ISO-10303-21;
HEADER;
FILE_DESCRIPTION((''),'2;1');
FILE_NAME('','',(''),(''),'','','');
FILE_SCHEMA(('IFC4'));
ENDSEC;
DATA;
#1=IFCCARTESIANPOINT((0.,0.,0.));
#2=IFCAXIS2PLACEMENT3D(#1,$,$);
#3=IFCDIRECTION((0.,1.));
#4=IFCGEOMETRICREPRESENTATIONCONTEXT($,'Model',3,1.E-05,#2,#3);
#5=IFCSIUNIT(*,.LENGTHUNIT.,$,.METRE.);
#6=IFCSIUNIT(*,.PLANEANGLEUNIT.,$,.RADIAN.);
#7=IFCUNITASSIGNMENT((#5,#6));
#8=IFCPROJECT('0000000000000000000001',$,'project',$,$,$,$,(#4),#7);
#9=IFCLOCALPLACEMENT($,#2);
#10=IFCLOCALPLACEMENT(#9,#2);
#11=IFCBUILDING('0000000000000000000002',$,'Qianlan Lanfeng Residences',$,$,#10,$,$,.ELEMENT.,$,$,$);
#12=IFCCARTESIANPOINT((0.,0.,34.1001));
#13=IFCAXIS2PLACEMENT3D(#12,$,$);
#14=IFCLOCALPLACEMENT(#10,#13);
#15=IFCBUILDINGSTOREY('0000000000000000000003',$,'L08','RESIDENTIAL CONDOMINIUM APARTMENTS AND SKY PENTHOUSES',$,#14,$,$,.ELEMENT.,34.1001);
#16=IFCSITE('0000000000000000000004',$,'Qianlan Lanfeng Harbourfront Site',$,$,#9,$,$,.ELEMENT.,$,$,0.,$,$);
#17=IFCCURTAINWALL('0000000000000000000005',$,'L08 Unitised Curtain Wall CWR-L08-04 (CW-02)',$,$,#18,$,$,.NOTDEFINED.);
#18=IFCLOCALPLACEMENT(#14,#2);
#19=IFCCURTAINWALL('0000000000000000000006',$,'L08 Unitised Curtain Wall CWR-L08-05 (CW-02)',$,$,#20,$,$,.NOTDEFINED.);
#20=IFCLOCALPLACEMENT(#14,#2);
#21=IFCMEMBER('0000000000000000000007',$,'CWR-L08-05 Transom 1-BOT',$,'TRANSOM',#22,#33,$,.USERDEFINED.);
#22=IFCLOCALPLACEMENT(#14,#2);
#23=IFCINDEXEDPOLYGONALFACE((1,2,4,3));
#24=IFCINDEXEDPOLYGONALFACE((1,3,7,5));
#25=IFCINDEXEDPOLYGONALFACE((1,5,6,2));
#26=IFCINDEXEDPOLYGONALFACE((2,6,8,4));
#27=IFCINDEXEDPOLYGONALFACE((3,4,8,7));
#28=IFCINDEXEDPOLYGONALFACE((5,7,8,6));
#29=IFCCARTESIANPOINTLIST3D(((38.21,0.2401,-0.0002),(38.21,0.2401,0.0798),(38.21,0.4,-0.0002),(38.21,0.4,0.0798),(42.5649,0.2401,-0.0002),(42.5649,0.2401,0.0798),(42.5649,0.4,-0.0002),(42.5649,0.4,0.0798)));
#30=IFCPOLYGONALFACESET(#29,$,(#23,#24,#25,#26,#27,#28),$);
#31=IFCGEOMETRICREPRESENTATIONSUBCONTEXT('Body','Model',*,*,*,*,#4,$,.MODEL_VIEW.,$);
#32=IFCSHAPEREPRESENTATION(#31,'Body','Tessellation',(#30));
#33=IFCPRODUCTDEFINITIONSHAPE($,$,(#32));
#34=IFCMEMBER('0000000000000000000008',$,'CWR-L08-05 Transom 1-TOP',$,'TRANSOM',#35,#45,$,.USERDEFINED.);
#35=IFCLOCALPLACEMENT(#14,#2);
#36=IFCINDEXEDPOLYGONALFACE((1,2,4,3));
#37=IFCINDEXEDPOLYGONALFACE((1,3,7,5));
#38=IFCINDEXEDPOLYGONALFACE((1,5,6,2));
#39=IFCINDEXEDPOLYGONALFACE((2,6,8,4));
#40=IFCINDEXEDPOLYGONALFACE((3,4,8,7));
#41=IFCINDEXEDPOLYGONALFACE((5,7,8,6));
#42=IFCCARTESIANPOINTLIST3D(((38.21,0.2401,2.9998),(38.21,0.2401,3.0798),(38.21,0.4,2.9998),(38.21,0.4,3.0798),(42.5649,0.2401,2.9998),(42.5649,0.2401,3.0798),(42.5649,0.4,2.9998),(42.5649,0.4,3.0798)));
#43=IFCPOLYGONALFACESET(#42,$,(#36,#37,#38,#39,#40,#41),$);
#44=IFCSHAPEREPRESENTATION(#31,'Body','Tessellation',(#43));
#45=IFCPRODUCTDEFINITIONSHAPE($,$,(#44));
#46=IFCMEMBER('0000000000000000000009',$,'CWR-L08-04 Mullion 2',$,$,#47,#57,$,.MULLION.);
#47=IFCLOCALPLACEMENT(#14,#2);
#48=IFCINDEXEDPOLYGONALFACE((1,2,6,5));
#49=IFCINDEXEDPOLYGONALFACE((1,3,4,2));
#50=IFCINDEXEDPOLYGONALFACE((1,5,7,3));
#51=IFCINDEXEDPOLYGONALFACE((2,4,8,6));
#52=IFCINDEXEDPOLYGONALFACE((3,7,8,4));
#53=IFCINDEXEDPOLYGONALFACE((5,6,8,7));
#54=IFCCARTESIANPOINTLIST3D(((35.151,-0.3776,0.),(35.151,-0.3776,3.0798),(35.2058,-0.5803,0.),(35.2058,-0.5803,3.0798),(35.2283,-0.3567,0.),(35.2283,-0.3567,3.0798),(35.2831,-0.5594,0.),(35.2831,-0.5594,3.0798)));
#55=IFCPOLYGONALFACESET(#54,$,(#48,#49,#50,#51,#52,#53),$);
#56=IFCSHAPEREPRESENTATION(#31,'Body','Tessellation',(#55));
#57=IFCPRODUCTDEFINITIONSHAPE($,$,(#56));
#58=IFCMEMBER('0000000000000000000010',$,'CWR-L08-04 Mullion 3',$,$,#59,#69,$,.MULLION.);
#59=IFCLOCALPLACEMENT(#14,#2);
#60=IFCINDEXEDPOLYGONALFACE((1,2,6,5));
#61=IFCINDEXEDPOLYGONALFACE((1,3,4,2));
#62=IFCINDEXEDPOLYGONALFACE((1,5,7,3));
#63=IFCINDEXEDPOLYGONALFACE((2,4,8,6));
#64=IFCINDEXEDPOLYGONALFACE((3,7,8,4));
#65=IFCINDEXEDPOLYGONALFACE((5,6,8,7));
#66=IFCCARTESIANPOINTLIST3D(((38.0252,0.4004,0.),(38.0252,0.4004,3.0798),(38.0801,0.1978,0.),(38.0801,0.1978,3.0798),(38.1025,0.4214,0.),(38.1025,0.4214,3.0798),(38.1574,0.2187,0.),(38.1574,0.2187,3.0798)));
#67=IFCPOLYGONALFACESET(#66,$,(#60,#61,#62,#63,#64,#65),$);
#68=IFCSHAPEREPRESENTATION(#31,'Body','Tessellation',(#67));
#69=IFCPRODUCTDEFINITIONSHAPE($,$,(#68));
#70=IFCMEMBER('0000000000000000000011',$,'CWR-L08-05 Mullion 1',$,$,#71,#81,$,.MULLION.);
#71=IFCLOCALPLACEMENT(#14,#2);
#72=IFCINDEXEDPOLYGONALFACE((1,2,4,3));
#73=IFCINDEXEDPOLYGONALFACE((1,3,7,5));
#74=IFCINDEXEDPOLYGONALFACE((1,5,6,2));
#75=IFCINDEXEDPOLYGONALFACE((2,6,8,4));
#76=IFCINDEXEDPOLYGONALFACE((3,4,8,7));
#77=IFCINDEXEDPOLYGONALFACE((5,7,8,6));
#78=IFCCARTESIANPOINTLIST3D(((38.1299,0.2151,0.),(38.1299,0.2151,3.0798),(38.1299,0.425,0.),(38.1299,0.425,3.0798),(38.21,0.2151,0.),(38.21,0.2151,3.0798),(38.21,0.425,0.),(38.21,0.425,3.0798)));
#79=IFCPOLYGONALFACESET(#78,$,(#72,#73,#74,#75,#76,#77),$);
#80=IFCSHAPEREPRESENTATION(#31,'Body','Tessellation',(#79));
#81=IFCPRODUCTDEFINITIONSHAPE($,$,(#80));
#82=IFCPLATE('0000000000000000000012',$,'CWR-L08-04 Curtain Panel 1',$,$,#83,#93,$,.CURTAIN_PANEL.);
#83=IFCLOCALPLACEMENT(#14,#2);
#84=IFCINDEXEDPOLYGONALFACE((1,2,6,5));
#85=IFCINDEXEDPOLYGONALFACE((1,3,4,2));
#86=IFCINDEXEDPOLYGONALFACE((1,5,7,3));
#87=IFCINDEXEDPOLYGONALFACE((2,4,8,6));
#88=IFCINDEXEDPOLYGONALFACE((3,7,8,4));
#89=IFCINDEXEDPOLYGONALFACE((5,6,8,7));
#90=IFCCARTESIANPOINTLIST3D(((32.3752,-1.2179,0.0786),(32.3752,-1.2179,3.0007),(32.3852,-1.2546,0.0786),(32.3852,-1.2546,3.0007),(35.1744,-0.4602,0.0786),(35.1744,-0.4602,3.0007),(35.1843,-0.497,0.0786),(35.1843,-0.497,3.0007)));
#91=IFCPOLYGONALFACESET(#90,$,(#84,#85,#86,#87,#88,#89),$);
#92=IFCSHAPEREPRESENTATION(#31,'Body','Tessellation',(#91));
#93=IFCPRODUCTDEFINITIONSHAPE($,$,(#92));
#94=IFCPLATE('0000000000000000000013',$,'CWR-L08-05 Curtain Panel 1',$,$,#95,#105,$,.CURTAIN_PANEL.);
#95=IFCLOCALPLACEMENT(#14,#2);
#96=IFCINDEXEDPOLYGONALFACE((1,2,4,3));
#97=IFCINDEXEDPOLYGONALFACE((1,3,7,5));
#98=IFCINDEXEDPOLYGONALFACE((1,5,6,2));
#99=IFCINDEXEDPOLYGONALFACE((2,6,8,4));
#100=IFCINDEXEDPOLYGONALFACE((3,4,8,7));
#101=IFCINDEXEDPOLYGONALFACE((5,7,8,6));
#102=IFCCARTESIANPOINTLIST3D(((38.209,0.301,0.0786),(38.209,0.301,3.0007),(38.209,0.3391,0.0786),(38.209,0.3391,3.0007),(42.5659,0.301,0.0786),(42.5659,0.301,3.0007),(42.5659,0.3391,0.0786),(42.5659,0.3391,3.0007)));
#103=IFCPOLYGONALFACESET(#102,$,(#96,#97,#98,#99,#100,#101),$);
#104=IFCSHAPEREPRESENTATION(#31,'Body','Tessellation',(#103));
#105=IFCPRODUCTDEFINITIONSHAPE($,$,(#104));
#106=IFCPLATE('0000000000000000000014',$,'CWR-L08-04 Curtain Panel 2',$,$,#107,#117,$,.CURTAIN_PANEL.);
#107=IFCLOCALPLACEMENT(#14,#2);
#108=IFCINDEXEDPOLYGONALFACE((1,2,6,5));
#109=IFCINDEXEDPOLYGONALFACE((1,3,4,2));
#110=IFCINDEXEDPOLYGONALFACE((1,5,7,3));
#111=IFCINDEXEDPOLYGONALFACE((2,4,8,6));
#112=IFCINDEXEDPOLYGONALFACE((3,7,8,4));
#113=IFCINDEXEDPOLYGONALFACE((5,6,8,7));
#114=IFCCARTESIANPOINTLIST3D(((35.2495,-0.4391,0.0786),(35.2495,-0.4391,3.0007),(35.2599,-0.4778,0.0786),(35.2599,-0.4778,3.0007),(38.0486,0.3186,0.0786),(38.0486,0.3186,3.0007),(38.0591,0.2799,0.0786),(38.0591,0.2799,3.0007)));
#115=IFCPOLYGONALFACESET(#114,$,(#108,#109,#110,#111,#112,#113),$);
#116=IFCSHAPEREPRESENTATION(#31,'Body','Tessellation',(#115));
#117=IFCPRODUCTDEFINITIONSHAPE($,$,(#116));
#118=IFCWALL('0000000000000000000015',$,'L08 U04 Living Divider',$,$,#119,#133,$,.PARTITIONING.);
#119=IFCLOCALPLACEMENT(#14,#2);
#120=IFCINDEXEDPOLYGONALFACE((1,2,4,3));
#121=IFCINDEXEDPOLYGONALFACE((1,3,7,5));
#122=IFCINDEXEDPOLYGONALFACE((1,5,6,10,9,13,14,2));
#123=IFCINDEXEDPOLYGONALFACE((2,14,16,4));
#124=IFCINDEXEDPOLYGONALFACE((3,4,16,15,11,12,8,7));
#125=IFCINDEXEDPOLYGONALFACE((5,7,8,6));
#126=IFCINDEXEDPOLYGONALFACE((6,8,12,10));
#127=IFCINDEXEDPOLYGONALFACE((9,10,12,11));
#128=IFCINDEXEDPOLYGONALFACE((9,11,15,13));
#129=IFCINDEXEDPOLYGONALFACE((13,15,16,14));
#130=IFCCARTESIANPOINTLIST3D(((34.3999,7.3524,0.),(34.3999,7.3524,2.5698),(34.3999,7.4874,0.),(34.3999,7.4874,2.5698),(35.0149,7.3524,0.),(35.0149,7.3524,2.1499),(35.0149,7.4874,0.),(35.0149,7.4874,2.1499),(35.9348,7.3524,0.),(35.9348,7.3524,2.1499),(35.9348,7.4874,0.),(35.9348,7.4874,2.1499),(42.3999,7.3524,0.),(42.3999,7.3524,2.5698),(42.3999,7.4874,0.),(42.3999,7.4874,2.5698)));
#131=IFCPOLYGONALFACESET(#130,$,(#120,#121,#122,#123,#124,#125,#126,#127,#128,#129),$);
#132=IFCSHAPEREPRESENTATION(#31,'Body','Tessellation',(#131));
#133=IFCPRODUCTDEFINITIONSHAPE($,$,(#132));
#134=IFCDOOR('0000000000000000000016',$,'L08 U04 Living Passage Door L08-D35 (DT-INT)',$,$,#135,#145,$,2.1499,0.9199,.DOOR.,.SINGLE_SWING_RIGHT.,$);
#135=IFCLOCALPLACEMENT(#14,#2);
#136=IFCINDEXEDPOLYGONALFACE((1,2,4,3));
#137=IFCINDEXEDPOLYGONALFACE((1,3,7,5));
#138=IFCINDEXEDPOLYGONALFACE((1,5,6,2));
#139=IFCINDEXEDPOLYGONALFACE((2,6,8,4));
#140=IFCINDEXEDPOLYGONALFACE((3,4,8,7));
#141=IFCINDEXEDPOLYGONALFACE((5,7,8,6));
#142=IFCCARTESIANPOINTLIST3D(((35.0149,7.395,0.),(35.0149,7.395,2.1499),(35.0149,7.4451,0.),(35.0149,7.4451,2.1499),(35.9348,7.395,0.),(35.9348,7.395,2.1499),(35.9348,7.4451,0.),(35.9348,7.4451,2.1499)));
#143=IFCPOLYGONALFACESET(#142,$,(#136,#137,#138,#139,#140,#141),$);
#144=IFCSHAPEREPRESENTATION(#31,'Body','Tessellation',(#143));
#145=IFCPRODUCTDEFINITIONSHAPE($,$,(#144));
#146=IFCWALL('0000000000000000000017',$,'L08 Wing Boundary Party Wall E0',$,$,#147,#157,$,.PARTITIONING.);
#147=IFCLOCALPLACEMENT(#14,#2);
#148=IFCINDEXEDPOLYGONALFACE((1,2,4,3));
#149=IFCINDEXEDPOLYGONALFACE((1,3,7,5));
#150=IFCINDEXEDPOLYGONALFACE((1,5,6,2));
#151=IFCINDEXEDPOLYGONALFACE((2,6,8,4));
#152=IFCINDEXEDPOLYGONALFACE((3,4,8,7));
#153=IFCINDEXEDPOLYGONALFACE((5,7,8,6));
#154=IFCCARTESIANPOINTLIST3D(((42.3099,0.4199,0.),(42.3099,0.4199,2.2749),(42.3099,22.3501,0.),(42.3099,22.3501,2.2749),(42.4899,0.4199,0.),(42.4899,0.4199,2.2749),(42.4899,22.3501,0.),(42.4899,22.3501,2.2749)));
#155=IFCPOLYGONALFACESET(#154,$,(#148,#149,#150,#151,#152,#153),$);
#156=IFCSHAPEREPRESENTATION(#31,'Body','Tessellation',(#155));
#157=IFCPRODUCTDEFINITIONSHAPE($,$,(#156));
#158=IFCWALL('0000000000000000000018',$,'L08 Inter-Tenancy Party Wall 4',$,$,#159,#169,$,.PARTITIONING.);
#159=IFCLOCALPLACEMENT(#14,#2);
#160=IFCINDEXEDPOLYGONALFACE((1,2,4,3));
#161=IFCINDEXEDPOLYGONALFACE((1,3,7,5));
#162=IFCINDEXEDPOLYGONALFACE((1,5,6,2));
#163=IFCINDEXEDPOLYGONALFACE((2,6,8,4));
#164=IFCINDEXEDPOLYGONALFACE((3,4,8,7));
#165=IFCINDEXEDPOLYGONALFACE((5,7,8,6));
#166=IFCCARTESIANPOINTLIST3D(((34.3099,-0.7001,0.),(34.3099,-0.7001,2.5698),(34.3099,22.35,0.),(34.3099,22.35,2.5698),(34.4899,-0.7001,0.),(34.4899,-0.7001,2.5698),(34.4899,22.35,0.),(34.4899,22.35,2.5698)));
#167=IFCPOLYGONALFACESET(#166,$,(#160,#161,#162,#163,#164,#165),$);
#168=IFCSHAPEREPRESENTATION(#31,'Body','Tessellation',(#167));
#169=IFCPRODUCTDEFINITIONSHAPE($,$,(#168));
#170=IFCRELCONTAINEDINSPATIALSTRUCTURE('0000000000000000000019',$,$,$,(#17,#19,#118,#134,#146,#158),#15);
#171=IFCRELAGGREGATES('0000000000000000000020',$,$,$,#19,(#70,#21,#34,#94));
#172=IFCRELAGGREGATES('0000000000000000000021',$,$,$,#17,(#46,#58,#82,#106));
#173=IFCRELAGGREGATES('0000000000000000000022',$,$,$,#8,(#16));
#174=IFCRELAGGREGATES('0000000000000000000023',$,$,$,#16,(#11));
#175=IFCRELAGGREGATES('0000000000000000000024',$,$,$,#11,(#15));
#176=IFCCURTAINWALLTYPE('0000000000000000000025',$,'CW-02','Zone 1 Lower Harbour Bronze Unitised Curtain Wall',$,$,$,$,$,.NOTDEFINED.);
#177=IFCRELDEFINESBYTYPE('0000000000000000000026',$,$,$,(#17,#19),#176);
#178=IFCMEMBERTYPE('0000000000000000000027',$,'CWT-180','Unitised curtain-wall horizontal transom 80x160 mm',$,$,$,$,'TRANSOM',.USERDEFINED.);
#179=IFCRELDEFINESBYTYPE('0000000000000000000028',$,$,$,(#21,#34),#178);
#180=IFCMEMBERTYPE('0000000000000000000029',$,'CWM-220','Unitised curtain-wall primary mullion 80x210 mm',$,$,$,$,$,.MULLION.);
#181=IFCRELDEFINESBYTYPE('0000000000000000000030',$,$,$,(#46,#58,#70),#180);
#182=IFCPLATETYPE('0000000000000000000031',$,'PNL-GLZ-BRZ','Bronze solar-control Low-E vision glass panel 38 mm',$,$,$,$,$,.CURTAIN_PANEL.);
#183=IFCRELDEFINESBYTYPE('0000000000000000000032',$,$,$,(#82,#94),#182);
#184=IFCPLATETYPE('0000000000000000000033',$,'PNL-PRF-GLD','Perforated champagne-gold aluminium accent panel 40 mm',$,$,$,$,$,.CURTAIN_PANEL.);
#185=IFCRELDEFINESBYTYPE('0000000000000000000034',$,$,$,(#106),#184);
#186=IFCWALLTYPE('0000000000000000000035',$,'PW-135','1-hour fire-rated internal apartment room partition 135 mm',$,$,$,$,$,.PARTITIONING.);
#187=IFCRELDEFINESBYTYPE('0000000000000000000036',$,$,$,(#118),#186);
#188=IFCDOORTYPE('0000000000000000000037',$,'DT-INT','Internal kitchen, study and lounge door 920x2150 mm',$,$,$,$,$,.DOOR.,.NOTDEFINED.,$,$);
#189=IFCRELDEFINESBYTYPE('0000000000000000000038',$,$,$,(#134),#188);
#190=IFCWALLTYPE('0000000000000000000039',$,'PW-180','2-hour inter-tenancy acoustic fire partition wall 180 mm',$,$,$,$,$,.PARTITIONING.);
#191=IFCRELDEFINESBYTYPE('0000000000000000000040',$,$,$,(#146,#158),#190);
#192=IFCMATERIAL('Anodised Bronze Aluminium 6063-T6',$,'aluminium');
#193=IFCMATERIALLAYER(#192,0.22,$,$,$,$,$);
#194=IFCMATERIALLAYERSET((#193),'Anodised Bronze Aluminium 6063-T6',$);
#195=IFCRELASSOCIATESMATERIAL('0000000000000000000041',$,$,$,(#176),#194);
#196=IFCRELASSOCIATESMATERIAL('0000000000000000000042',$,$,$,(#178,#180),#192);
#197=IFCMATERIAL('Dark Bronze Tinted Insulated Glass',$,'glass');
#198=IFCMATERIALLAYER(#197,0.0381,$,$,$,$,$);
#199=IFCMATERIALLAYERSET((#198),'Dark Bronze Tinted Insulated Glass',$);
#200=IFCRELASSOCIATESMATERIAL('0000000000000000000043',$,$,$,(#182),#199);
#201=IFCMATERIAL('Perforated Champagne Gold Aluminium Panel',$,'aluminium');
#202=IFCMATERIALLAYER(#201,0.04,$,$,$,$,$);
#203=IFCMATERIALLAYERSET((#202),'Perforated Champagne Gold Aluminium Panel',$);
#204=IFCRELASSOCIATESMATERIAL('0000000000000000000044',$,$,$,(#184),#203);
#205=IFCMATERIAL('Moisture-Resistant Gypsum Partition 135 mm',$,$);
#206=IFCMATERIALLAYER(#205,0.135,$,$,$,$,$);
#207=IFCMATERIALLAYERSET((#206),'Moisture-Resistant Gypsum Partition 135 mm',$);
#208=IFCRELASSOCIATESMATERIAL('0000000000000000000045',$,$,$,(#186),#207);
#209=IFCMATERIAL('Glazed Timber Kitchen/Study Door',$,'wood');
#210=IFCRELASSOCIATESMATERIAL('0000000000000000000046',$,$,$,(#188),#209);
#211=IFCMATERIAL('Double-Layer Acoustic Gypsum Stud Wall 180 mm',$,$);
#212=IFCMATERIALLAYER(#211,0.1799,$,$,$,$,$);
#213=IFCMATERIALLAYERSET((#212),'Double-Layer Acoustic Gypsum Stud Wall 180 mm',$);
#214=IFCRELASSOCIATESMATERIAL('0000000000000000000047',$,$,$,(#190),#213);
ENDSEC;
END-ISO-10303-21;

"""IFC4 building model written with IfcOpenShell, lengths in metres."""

from ifc_helpers import new_model, si_unit, direction, frame, frame_2d, origin, origin_2d, place, context, subcontext, project, spatial, rectangle, extrude, source, transform, mapped, material, layer, layer_set, material_profile, profile_set, type_object, element, fill, aggregate, save


model = new_model("IFC4")

# Units and contexts
model_context = context("Model", 3, precision=1e-05, world=origin(), true_north=direction((0.0, 1.0)))
body_context = subcontext(model_context, "Body", "Model", "MODEL_VIEW")
ifc_project = project(units=[si_unit("LENGTHUNIT", "METRE"), si_unit("PLANEANGLEUNIT", "RADIAN")], contexts=[model_context])

# Site, building, storey
site_placement = place(None, origin())
site = spatial("IfcSite", under=ifc_project, at=site_placement, Name="Qianlan Lanfeng Harbourfront Site", CompositionType="ELEMENT", RefElevation=0.0)
building_placement = place(site_placement, origin())
building = spatial("IfcBuilding", under=site, at=building_placement, Name="Qianlan Lanfeng Residences", CompositionType="ELEMENT")
storey_placement = place(building_placement, frame((0.0, 0.0, 34.1001)))
storey = spatial("IfcBuildingStorey", under=building, at=storey_placement, Name="L08", Description="RESIDENTIAL CONDOMINIUM APARTMENTS AND SKY PENTHOUSES", CompositionType="ELEMENT", Elevation=34.1001)

# Curtain walls, members
ifc_material_1 = material(Name="Anodised Bronze Aluminium 6063-T6", Category="aluminium")
ifc_layer_1 = layer(ifc_material_1, 0.22)
ifc_layer_set_1 = layer_set([ifc_layer_1], Name="Anodised Bronze Aluminium 6063-T6")
curtain_wall_type = type_object("IfcCurtainWallType", Name="CW-02", Description="Zone 1 Lower Harbour Bronze Unitised Curtain Wall", PredefinedType="NOTDEFINED", material=ifc_layer_set_1)
curtain_wall_1_placement = place(storey_placement, origin())
curtain_wall_1 = element("IfcCurtainWall", 1, at=curtain_wall_1_placement, inside=storey, type_object=curtain_wall_type, Name="L08 Unitised Curtain Wall CWR-L08-04 (CW-02)", PredefinedType="NOTDEFINED")
ifc_material_profile_1 = material_profile(ifc_material_1, rectangle(XDim=0.0801, YDim=0.1599, at=origin_2d()), Name="ALU TRANSOM 80x160")
ifc_profile_set_1 = profile_set([ifc_material_profile_1], Name="Anodised Bronze Aluminium 6063-T6")
member_type_1 = type_object("IfcMemberType", Name="CWT-180", Description="Unitised curtain-wall horizontal transom 80x160 mm", ElementType="TRANSOM", PredefinedType="USERDEFINED", material=ifc_profile_set_1)
curtain_wall_2_placement = place(storey_placement, origin())
curtain_wall_2 = element("IfcCurtainWall", 2, at=curtain_wall_2_placement, inside=storey, type_object=curtain_wall_type, Name="L08 Unitised Curtain Wall CWR-L08-05 (CW-02)", PredefinedType="NOTDEFINED")
shared_shape_1 = source(origin(), body_context, "Body", "SweptSolid", [
    extrude(rectangle(XDim=0.0801, YDim=0.1599, at=origin_2d()), origin(), (0.0, 0.0, 1.0), 4.355),
])
member_1_placement = place(storey_placement, frame((38.21, 0.3201, 0.0398), z_axis=(1.0, 0.0, 0.0), x_axis=(0.0, 0.0, 1.0)))
member_1 = element("IfcMember", 3, at=member_1_placement, type_object=member_type_1, Name="CWR-L08-05 Transom 1-BOT", ObjectType="TRANSOM", PredefinedType="USERDEFINED", context=body_context, shape_type="MappedRepresentation", body=[
    mapped(shared_shape_1, transform((0.0, 0.0, 0.0), scale=1.0)),
])
member_2_placement = place(storey_placement, frame((38.21, 0.3201, 3.0398), z_axis=(1.0, 0.0, 0.0), x_axis=(0.0, 0.0, 1.0)))
member_2 = element("IfcMember", 4, at=member_2_placement, type_object=member_type_1, Name="CWR-L08-05 Transom 1-TOP", ObjectType="TRANSOM", PredefinedType="USERDEFINED", context=body_context, shape_type="MappedRepresentation", body=[
    mapped(shared_shape_1, transform((0.0, 0.0, 0.0), scale=1.0)),
])

# Members
ifc_material_profile_2 = material_profile(ifc_material_1, rectangle(XDim=0.0801, YDim=0.21, at=origin_2d()), Name="ALU MULLION 80x210")
ifc_profile_set_2 = profile_set([ifc_material_profile_2], Name="Anodised Bronze Aluminium 6063-T6")
member_type_2 = type_object("IfcMemberType", Name="CWM-220", Description="Unitised curtain-wall primary mullion 80x210 mm", PredefinedType="MULLION", material=ifc_profile_set_2)
shared_shape_2 = source(origin(), body_context, "Body", "SweptSolid", [
    extrude(rectangle(XDim=0.0801, YDim=0.21, at=origin_2d()), origin(), (0.0, 0.0, 1.0), 3.0798),
])
member_3_placement = place(storey_placement, frame((35.217, -0.4685, 0.0), z_axis=(0.0, 0.0, 1.0), x_axis=(0.965263, 0.261281, 0.0)))
member_3 = element("IfcMember", 5, at=member_3_placement, type_object=member_type_2, Name="CWR-L08-04 Mullion 2", PredefinedType="MULLION", context=body_context, shape_type="MappedRepresentation", body=[
    mapped(shared_shape_2, transform((0.0, 0.0, 0.0), scale=1.0)),
])
member_4_placement = place(storey_placement, frame((38.0913, 0.3096, 0.0), z_axis=(0.0, 0.0, 1.0), x_axis=(0.965263, 0.261281, 0.0)))
member_4 = element("IfcMember", 6, at=member_4_placement, type_object=member_type_2, Name="CWR-L08-04 Mullion 3", PredefinedType="MULLION", context=body_context, shape_type="MappedRepresentation", body=[
    mapped(shared_shape_2, transform((0.0, 0.0, 0.0), scale=1.0)),
])
member_5_placement = place(storey_placement, frame((38.1699, 0.3201, 0.0), z_axis=(0.0, 0.0, 1.0), x_axis=(1.0, 0.0, 0.0)))
member_5 = element("IfcMember", 7, at=member_5_placement, type_object=member_type_2, Name="CWR-L08-05 Mullion 1", PredefinedType="MULLION", context=body_context, shape_type="MappedRepresentation", body=[
    mapped(shared_shape_2, transform((0.0, 0.0, 0.0), scale=1.0)),
])

# Plates
ifc_material_2 = material(Name="Dark Bronze Tinted Insulated Glass", Category="glass")
ifc_layer_2 = layer(ifc_material_2, 0.0381)
ifc_layer_set_2 = layer_set([ifc_layer_2], Name="Dark Bronze Tinted Insulated Glass")
plate_type_1 = type_object("IfcPlateType", Name="PNL-GLZ-BRZ", Description="Bronze solar-control Low-E vision glass panel 38 mm", PredefinedType="CURTAIN_PANEL", material=ifc_layer_set_2)
shared_shape_3 = source(origin(), body_context, "Body", "SweptSolid", [
    extrude(rectangle(XDim=2.8999, YDim=0.0381, at=origin_2d()), origin(), (0.0, 0.0, 1.0), 2.9221),
])
plate_1_placement = place(storey_placement, frame((33.7798, -0.8574, 0.0786), z_axis=(0.0, 0.0, 1.0), x_axis=(0.965263, 0.261281, 0.0)))
plate_1 = element("IfcPlate", 8, at=plate_1_placement, type_object=plate_type_1, Name="CWR-L08-04 Curtain Panel 1", PredefinedType="CURTAIN_PANEL", context=body_context, shape_type="MappedRepresentation", body=[
    mapped(shared_shape_3, transform((0.0, 0.0, 0.0), scale=1.0)),
])
shared_shape_4 = source(origin(), body_context, "Body", "SweptSolid", [
    extrude(rectangle(XDim=4.3569, YDim=0.0381, at=origin_2d()), origin(), (0.0, 0.0, 1.0), 2.9221),
])
plate_2_placement = place(storey_placement, frame((40.3875, 0.3201, 0.0786), z_axis=(0.0, 0.0, 1.0), x_axis=(1.0, 0.0, 0.0)))
plate_2 = element("IfcPlate", 9, at=plate_2_placement, type_object=plate_type_1, Name="CWR-L08-05 Curtain Panel 1", PredefinedType="CURTAIN_PANEL", context=body_context, shape_type="MappedRepresentation", body=[
    mapped(shared_shape_4, transform((0.0, 0.0, 0.0), scale=1.0)),
])
aggregate(curtain_wall_2, [member_5, member_1, member_2, plate_2])
ifc_material_3 = material(Name="Perforated Champagne Gold Aluminium Panel", Category="aluminium")
ifc_layer_3 = layer(ifc_material_3, 0.04)
ifc_layer_set_3 = layer_set([ifc_layer_3], Name="Perforated Champagne Gold Aluminium Panel")
plate_type_2 = type_object("IfcPlateType", Name="PNL-PRF-GLD", Description="Perforated champagne-gold aluminium accent panel 40 mm", PredefinedType="CURTAIN_PANEL", material=ifc_layer_set_3)
shared_shape_5 = source(origin(), body_context, "Body", "SweptSolid", [
    extrude(rectangle(XDim=2.8999, YDim=0.04, at=origin_2d()), origin(), (0.0, 0.0, 1.0), 2.9221),
])
plate_3_placement = place(storey_placement, frame((36.6543, -0.0796, 0.0786), z_axis=(0.0, 0.0, 1.0), x_axis=(0.965263, 0.261281, 0.0)))
plate_3 = element("IfcPlate", 10, at=plate_3_placement, type_object=plate_type_2, Name="CWR-L08-04 Curtain Panel 2", PredefinedType="CURTAIN_PANEL", context=body_context, shape_type="MappedRepresentation", body=[
    mapped(shared_shape_5, transform((0.0, 0.0, 0.0), scale=1.0)),
])
aggregate(curtain_wall_1, [member_3, member_4, plate_1, plate_3])

# Wall, opening, door
ifc_material_4 = material(Name="Moisture-Resistant Gypsum Partition 135 mm")
ifc_layer_4 = layer(ifc_material_4, 0.135)
ifc_layer_set_4 = layer_set([ifc_layer_4], Name="Moisture-Resistant Gypsum Partition 135 mm")
wall_type_1 = type_object("IfcWallType", Name="PW-135", Description="1-hour fire-rated internal apartment room partition 135 mm", PredefinedType="PARTITIONING", material=ifc_layer_set_4)
wall_1_placement = place(storey_placement, frame((34.3999, 7.4199, 0.0), z_axis=(0.0, 0.0, 1.0), x_axis=(1.0, 0.0, 0.0)))
wall_1 = element("IfcWall", 11, at=wall_1_placement, inside=storey, type_object=wall_type_1, Name="L08 U04 Living Divider", PredefinedType="PARTITIONING", context=body_context, shape_type="SweptSolid", body=[
    extrude(rectangle(XDim=8.0, YDim=0.135, at=frame_2d((4.0, 0.0))), origin(), (0.0, 0.0, 1.0), 2.5698),
])
opening_1_placement = place(wall_1_placement, frame((0.615, 0.0, 0.0)))
opening_1 = element("IfcOpeningElement", 12, at=opening_1_placement, cuts=wall_1, PredefinedType="OPENING", context=body_context, shape_type="SweptSolid", body=[
    extrude(rectangle(XDim=0.9199, YDim=2.1499, at=frame_2d((0.46, 1.075))), frame((0.0, 0.0776, 0.0), z_axis=(0.0, -1.0, 0.0), x_axis=(1.0, 0.0, 0.0)), (0.0, 0.0, 1.0), 0.155),
])
ifc_material_5 = material(Name="Glazed Timber Kitchen/Study Door", Category="wood")
door_type_1 = type_object("IfcDoorType", Name="DT-INT", Description="Internal kitchen, study and lounge door 920x2150 mm", OperationType="NOTDEFINED", PredefinedType="DOOR", material=ifc_material_5)
door_1_placement = place(opening_1_placement, frame((0.9199, 0.0, 0.0), z_axis=(0.0, 0.0, 1.0), x_axis=(-1.0, 0.0, 0.0)))
door_1 = element("IfcDoor", 13, at=door_1_placement, inside=storey, type_object=door_type_1, Name="L08 U04 Living Passage Door L08-D35 (DT-INT)", OperationType="SINGLE_SWING_RIGHT", OverallHeight=2.1499, OverallWidth=0.9199, PredefinedType="DOOR", context=body_context, shape_type="SweptSolid", body=[
    extrude(rectangle(XDim=0.9199, YDim=2.1499, at=frame_2d((0.46, 1.075))), frame((0.0, 0.0249, 0.0), z_axis=(0.0, -1.0, 0.0), x_axis=(1.0, 0.0, 0.0)), (0.0, 0.0, 1.0), 0.05),
])
fill(opening_1, door_1)

# Walls
ifc_material_6 = material(Name="Double-Layer Acoustic Gypsum Stud Wall 180 mm")
ifc_layer_5 = layer(ifc_material_6, 0.1799)
ifc_layer_set_5 = layer_set([ifc_layer_5], Name="Double-Layer Acoustic Gypsum Stud Wall 180 mm")
wall_type_2 = type_object("IfcWallType", Name="PW-180", Description="2-hour inter-tenancy acoustic fire partition wall 180 mm", PredefinedType="PARTITIONING", material=ifc_layer_set_5)
wall_2_placement = place(storey_placement, frame((42.3999, 0.4199, 0.0), z_axis=(0.0, 0.0, 1.0), x_axis=(0.0, 1.0, 0.0)))
element("IfcWall", 14, at=wall_2_placement, inside=storey, type_object=wall_type_2, Name="L08 Wing Boundary Party Wall E0", PredefinedType="PARTITIONING", context=body_context, shape_type="SweptSolid", body=[
    extrude(rectangle(XDim=21.9302, YDim=0.1799, at=frame_2d((10.9651, 0.0))), origin(), (0.0, 0.0, 1.0), 2.2749),
])
wall_3_placement = place(storey_placement, frame((34.3999, -0.7, 0.0), z_axis=(0.0, 0.0, 1.0), x_axis=(0.0, 1.0, 0.0)))
element("IfcWall", 15, at=wall_3_placement, inside=storey, type_object=wall_type_2, Name="L08 Inter-Tenancy Party Wall 4", PredefinedType="PARTITIONING", context=body_context, shape_type="SweptSolid", body=[
    extrude(rectangle(XDim=23.05, YDim=0.1799, at=frame_2d((11.5249, 0.0))), origin(), (0.0, 0.0, 1.0), 2.5698),
])

save(model, "model.ifc")
